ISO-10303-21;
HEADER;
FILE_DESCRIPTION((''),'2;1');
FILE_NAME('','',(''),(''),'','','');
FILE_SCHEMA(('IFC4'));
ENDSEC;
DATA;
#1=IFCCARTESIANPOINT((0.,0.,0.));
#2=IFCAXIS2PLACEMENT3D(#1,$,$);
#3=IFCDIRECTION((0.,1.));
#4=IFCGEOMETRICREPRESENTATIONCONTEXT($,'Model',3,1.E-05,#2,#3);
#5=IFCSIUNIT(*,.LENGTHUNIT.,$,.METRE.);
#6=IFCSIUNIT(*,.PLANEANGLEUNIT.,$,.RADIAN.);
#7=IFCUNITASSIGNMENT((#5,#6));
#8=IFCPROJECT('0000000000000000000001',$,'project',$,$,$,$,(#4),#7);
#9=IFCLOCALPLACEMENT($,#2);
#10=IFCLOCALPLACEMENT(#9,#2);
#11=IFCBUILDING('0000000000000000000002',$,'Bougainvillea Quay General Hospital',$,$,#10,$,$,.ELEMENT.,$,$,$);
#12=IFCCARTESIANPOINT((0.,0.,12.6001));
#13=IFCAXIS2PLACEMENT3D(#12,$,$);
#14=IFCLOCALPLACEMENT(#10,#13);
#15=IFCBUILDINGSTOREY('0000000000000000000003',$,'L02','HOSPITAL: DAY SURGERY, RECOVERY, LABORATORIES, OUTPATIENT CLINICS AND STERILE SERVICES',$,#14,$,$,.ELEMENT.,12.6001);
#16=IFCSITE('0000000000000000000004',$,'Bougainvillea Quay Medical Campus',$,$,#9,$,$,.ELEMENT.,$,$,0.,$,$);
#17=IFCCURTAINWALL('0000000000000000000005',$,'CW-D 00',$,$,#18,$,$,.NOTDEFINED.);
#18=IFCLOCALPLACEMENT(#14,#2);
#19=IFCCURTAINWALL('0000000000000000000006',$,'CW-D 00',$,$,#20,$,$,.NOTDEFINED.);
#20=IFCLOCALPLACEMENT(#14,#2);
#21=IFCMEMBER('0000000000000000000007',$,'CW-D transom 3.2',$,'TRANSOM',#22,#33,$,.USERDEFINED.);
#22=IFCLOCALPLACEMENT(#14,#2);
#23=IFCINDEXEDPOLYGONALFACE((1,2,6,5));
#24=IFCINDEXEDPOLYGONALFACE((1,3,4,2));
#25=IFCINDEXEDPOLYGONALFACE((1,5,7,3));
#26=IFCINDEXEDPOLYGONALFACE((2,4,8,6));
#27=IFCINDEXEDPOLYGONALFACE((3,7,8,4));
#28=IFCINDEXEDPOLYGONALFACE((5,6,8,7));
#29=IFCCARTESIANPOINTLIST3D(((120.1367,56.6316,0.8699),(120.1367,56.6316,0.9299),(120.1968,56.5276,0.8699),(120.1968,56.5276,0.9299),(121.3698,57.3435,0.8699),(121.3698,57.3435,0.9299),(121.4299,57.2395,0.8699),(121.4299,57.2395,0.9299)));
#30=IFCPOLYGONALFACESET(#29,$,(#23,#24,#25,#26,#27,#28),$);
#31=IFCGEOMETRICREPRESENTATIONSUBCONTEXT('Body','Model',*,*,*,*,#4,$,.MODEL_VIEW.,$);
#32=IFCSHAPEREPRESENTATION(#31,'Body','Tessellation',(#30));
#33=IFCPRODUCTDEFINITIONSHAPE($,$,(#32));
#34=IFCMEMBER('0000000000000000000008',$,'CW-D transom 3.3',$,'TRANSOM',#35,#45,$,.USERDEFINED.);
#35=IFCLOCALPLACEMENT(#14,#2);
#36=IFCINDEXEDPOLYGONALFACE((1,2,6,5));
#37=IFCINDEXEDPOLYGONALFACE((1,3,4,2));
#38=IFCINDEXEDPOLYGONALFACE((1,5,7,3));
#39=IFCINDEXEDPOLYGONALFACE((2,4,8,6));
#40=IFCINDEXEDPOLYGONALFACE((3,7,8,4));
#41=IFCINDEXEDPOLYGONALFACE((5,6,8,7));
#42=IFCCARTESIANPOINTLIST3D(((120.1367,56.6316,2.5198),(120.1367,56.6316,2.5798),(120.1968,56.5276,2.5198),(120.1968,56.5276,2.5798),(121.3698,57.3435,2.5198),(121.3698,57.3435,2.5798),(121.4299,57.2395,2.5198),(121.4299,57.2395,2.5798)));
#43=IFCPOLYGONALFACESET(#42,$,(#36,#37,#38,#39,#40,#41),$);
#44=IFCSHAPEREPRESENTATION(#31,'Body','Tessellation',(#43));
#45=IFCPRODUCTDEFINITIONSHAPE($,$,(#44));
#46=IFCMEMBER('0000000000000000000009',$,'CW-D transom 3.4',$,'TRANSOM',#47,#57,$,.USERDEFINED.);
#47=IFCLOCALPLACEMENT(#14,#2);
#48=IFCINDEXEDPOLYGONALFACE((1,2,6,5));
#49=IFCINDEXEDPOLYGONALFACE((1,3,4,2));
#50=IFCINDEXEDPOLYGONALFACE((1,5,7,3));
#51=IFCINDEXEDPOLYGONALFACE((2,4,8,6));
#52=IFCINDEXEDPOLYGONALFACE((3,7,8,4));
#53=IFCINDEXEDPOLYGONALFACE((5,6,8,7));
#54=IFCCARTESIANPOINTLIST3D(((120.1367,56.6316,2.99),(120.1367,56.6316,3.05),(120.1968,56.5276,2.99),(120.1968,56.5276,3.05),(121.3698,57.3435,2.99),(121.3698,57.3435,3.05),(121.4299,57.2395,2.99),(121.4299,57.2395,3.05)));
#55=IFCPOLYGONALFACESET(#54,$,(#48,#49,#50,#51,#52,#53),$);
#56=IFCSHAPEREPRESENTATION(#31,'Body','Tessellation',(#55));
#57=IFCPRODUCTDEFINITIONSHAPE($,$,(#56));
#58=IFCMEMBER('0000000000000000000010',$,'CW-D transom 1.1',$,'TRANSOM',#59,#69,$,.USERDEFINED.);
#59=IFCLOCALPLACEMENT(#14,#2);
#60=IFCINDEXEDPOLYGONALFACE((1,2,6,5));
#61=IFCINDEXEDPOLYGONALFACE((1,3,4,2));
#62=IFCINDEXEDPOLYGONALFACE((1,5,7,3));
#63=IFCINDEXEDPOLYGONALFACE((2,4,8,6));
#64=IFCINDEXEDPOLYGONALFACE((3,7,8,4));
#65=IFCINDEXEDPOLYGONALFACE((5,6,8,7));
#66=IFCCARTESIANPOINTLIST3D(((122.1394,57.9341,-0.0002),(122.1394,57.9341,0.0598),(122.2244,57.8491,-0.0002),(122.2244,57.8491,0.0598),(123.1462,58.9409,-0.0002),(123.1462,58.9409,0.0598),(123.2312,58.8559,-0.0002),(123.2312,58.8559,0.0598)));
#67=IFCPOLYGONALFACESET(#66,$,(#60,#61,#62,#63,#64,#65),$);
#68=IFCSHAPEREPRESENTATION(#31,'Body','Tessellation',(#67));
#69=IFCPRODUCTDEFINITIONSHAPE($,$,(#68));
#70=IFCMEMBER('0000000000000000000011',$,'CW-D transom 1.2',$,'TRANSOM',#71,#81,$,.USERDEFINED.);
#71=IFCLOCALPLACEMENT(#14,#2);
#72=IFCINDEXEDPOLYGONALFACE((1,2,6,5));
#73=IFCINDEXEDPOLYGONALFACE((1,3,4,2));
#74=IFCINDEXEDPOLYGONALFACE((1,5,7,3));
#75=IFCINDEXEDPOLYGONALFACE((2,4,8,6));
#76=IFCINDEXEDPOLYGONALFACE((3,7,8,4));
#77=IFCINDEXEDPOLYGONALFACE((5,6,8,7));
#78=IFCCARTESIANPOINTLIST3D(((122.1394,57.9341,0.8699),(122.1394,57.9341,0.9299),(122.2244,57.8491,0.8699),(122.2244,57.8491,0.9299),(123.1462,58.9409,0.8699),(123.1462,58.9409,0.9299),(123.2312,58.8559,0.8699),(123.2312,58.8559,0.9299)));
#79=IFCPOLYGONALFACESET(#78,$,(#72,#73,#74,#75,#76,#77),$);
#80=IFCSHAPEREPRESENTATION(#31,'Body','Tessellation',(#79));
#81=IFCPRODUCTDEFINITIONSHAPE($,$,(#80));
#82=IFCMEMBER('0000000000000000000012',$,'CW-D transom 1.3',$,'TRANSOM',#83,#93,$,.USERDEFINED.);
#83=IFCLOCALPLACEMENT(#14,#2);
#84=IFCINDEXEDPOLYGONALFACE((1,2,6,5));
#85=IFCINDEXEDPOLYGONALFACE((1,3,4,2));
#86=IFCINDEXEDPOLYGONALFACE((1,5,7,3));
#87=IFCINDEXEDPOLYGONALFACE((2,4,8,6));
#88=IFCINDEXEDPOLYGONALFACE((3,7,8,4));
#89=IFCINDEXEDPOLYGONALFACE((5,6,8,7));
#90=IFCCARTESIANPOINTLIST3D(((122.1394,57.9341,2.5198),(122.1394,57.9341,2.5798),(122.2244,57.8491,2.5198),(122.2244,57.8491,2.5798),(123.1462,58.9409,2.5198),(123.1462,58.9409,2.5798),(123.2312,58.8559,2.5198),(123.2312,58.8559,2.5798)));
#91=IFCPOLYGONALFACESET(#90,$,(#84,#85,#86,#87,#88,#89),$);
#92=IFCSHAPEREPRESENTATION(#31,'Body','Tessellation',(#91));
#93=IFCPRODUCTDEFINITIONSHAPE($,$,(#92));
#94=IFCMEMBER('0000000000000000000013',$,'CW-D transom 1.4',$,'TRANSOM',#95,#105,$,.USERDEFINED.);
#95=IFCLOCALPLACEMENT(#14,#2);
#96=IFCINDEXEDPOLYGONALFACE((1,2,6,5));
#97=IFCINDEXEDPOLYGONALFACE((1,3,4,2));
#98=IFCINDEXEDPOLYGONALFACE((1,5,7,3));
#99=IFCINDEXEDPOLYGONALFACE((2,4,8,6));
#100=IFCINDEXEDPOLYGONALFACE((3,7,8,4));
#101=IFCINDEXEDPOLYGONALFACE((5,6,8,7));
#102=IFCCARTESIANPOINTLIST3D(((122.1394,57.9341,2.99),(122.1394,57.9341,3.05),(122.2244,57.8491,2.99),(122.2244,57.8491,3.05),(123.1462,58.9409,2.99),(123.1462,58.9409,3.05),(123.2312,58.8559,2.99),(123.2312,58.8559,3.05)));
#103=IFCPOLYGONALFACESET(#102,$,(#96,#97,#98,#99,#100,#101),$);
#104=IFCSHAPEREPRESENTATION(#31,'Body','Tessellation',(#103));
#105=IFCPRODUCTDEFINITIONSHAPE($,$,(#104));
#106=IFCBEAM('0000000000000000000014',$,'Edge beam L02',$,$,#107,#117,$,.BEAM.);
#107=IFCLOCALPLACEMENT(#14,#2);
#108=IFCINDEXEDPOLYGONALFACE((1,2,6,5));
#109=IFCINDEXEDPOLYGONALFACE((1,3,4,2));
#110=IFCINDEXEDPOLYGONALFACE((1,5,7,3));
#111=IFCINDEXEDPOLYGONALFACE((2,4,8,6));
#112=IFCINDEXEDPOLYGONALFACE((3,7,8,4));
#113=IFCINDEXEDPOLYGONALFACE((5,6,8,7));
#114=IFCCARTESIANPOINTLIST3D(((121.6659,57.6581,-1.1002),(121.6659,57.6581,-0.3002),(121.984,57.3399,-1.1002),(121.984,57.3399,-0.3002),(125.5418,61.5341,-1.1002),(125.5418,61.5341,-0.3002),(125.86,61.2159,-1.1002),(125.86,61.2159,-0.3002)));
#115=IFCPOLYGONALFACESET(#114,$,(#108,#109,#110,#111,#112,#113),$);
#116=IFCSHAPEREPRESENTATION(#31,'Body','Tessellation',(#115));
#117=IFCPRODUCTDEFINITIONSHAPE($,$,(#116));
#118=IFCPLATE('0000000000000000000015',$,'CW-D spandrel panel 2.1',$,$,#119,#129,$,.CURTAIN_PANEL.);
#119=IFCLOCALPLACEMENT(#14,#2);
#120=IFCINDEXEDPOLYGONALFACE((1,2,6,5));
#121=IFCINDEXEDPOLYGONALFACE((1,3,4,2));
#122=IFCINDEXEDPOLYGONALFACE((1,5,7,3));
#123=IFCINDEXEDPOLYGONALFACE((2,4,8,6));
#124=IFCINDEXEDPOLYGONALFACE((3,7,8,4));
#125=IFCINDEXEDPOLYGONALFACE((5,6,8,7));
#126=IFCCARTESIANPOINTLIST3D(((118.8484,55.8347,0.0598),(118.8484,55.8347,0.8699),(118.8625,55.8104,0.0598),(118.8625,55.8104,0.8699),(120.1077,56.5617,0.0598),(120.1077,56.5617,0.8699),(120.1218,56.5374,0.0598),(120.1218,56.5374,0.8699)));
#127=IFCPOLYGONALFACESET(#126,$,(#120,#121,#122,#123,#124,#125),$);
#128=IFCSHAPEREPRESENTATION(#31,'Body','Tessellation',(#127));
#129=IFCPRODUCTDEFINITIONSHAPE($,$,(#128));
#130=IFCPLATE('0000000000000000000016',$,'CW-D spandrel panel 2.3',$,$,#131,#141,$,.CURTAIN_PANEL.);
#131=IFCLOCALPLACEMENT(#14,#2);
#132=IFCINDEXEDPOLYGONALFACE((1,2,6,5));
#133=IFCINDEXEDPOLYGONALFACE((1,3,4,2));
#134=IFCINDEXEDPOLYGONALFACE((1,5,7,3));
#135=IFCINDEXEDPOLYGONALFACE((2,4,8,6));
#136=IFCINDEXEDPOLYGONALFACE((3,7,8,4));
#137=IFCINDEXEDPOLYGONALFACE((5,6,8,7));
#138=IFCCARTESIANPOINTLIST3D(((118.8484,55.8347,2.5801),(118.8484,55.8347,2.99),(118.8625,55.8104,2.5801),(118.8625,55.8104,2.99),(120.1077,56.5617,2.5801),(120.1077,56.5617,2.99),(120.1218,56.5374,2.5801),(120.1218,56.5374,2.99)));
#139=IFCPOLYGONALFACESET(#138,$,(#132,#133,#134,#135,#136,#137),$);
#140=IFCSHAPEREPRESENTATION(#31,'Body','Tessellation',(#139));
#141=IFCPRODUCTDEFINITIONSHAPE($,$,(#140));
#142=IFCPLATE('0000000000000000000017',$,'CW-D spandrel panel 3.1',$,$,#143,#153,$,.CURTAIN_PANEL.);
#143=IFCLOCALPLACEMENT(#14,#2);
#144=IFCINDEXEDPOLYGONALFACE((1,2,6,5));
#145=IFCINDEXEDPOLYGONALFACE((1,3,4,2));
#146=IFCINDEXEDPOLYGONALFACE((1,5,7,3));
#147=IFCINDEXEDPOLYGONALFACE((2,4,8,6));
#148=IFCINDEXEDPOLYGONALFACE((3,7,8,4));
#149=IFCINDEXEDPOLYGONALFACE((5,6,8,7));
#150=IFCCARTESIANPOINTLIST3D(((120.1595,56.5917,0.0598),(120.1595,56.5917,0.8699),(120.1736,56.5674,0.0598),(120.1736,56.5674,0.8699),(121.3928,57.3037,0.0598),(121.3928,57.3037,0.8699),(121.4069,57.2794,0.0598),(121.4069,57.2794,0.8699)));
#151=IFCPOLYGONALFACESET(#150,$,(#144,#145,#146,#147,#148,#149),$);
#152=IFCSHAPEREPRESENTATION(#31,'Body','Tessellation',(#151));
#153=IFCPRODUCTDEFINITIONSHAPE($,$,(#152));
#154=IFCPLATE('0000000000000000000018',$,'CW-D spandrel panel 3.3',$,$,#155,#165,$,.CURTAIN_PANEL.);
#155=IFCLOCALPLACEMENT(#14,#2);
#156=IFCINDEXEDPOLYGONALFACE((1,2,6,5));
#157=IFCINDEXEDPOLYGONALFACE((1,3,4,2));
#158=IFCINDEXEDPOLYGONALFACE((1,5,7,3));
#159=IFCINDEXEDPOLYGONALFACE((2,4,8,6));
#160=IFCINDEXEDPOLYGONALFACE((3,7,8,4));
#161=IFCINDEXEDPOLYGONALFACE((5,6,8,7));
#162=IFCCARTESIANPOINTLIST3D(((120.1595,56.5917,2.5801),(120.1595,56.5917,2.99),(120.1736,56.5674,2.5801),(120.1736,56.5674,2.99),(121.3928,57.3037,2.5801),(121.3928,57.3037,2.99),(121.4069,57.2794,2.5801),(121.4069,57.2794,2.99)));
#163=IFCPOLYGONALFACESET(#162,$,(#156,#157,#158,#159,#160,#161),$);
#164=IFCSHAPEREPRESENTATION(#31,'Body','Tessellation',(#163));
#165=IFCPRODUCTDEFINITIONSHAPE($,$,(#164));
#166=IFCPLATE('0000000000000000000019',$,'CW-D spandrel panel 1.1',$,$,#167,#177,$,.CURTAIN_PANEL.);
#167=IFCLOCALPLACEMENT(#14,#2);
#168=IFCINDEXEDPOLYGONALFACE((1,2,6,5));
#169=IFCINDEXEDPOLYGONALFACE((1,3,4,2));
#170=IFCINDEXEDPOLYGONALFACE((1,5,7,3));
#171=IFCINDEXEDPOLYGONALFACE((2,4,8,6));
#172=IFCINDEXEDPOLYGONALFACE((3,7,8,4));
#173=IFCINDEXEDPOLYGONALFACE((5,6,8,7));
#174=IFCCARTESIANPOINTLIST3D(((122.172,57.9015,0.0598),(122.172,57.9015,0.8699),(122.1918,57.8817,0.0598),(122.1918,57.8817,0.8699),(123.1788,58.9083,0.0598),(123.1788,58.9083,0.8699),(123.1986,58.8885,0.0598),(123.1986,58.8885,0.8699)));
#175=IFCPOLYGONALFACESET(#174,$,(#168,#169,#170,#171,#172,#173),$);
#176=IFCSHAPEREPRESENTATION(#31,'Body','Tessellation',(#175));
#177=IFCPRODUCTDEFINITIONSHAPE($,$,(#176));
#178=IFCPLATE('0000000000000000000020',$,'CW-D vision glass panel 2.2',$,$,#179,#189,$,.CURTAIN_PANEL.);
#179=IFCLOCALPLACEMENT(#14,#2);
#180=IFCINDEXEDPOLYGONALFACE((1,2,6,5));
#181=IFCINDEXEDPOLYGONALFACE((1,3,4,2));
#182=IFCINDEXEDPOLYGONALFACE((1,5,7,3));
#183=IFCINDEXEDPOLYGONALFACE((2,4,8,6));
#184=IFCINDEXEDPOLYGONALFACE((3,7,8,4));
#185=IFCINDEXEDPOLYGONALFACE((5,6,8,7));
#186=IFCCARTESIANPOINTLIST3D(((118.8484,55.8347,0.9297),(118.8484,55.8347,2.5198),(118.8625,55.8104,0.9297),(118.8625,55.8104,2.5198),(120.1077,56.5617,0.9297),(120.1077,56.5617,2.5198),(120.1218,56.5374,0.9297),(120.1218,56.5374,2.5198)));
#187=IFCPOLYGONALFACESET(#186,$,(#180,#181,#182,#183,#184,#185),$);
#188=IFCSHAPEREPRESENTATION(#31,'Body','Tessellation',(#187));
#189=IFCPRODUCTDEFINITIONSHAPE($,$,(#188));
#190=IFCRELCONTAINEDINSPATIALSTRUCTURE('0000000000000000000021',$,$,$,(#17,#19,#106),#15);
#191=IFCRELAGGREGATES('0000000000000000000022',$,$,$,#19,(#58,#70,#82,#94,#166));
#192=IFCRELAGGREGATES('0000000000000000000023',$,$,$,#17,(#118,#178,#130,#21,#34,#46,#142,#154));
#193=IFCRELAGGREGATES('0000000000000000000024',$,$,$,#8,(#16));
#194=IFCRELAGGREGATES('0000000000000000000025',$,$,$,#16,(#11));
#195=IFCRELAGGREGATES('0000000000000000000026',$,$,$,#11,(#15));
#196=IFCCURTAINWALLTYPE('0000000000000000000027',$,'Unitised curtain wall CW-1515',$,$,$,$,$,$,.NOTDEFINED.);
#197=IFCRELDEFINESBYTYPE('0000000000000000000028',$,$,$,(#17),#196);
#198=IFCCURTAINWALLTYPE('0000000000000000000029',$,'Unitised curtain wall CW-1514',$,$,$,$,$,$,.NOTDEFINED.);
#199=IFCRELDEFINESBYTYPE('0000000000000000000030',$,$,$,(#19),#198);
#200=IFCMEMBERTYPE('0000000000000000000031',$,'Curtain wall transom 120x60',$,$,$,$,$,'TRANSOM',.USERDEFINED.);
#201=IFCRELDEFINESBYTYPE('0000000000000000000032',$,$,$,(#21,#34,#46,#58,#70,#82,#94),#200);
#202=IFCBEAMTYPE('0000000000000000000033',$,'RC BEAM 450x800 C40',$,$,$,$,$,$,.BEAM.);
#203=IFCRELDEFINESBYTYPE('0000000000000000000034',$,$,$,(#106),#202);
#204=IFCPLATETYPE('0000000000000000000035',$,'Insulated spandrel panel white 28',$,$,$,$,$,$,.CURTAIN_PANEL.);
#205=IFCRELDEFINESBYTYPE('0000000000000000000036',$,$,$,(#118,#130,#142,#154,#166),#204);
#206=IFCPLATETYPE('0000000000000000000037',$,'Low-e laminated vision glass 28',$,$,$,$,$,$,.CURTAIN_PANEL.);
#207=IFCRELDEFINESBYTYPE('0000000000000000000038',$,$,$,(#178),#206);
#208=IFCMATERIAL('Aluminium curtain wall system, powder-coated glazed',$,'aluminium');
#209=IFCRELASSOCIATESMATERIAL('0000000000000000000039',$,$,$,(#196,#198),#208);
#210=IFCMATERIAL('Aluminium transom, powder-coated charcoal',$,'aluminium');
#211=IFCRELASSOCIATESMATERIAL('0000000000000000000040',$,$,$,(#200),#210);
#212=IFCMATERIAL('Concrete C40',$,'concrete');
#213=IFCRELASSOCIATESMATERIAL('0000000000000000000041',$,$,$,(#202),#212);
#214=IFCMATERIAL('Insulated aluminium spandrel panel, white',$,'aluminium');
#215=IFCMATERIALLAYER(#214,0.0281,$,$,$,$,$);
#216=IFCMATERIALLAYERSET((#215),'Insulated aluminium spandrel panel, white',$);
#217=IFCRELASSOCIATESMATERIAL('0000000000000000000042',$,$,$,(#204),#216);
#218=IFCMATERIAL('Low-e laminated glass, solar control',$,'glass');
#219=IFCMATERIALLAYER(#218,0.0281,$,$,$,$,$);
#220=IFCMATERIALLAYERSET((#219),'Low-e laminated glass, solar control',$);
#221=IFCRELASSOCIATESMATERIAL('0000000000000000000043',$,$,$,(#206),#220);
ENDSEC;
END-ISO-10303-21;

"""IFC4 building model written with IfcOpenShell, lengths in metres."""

from ifc_helpers import new_model, si_unit, direction, frame, origin, origin_2d, place, context, subcontext, project, spatial, rectangle, extrude, material, layer, layer_set, material_profile, profile_set, type_object, element, aggregate, save


model = new_model("IFC4")

# Units and contexts
model_context = context("Model", 3, precision=1e-05, world=origin(), true_north=direction((0.0, 1.0)))
body_context = subcontext(model_context, "Body", "Model", "MODEL_VIEW")
ifc_project = project(units=[si_unit("LENGTHUNIT", "METRE"), si_unit("PLANEANGLEUNIT", "RADIAN")], contexts=[model_context])

# Site, building, storey
site_placement = place(None, origin())
site = spatial("IfcSite", under=ifc_project, at=site_placement, Name="Bougainvillea Quay Medical Campus", CompositionType="ELEMENT", RefElevation=0.0)
building_placement = place(site_placement, origin())
building = spatial("IfcBuilding", under=site, at=building_placement, Name="Bougainvillea Quay General Hospital", CompositionType="ELEMENT")
storey_placement = place(building_placement, frame((0.0, 0.0, 12.6001)))
storey = spatial("IfcBuildingStorey", under=building, at=storey_placement, Name="L02", Description="HOSPITAL: DAY SURGERY, RECOVERY, LABORATORIES, OUTPATIENT CLINICS AND STERILE SERVICES", CompositionType="ELEMENT", Elevation=12.6001)

# Shared definitions
ifc_material_1 = material(Name="Concrete C40", Category="concrete")

# Curtain wall
ifc_material_2 = material(Name="Aluminium curtain wall system, powder-coated glazed", Category="aluminium")
curtain_wall_type_1 = type_object("IfcCurtainWallType", Name="Unitised curtain wall CW-1515", PredefinedType="NOTDEFINED", material=ifc_material_2)
curtain_wall_1_placement = place(storey_placement, origin())
curtain_wall_1 = element("IfcCurtainWall", 1, at=curtain_wall_1_placement, inside=storey, type_object=curtain_wall_type_1, Name="CW-D 00", PredefinedType="NOTDEFINED")

# Curtain wall
curtain_wall_type_2 = type_object("IfcCurtainWallType", Name="Unitised curtain wall CW-1514", PredefinedType="NOTDEFINED", material=ifc_material_2)
curtain_wall_2_placement = place(storey_placement, origin())
curtain_wall_2 = element("IfcCurtainWall", 2, at=curtain_wall_2_placement, inside=storey, type_object=curtain_wall_type_2, Name="CW-D 00", PredefinedType="NOTDEFINED")

# Members
ifc_material_3 = material(Name="Aluminium transom, powder-coated charcoal", Category="aluminium")
ifc_material_profile_1 = material_profile(ifc_material_3, rectangle(XDim=0.1201, YDim=0.0601, at=origin_2d()))
ifc_profile_set_1 = profile_set([ifc_material_profile_1], Name="Aluminium transom, powder-coated charcoal")
member_type_1 = type_object("IfcMemberType", Name="Curtain wall transom 120x60", ElementType="TRANSOM", PredefinedType="USERDEFINED", material=ifc_profile_set_1)
member_1_placement = place(storey_placement, frame((120.1667, 56.5796, 0.8999), z_axis=(0.86604, 0.499975, 0.0), x_axis=(-0.499975, 0.86604, 0.0)))
member_1 = element("IfcMember", 3, at=member_1_placement, type_object=member_type_1, Name="CW-D transom 3.2", ObjectType="TRANSOM", PredefinedType="USERDEFINED", context=body_context, shape_type="SweptSolid", body=[
    extrude(rectangle(XDim=0.1201, YDim=0.0601, at=origin_2d()), origin(), (0.0, 0.0, 1.0), 1.4238),
])
member_2_placement = place(storey_placement, frame((120.1667, 56.5796, 2.5498), z_axis=(0.86604, 0.499975, 0.0), x_axis=(-0.499975, 0.86604, 0.0)))
member_2 = element("IfcMember", 4, at=member_2_placement, type_object=member_type_1, Name="CW-D transom 3.3", ObjectType="TRANSOM", PredefinedType="USERDEFINED", context=body_context, shape_type="SweptSolid", body=[
    extrude(rectangle(XDim=0.1201, YDim=0.0601, at=origin_2d()), origin(), (0.0, 0.0, 1.0), 1.4238),
])
member_3_placement = place(storey_placement, frame((120.1667, 56.5796, 3.02), z_axis=(0.86604, 0.499975, 0.0), x_axis=(-0.499975, 0.86604, 0.0)))
member_3 = element("IfcMember", 5, at=member_3_placement, type_object=member_type_1, Name="CW-D transom 3.4", ObjectType="TRANSOM", PredefinedType="USERDEFINED", context=body_context, shape_type="SweptSolid", body=[
    extrude(rectangle(XDim=0.1201, YDim=0.0601, at=origin_2d()), origin(), (0.0, 0.0, 1.0), 1.4238),
])
member_4_placement = place(storey_placement, frame((122.1819, 57.8916, 0.0298), z_axis=(0.707107, 0.707107, 0.0), x_axis=(-0.707107, 0.707107, 0.0)))
member_4 = element("IfcMember", 6, at=member_4_placement, type_object=member_type_1, Name="CW-D transom 1.1", ObjectType="TRANSOM", PredefinedType="USERDEFINED", context=body_context, shape_type="SweptSolid", body=[
    extrude(rectangle(XDim=0.1201, YDim=0.0601, at=origin_2d()), origin(), (0.0, 0.0, 1.0), 1.4238),
])
member_5_placement = place(storey_placement, frame((122.1819, 57.8916, 0.8999), z_axis=(0.707107, 0.707107, 0.0), x_axis=(-0.707107, 0.707107, 0.0)))
member_5 = element("IfcMember", 7, at=member_5_placement, type_object=member_type_1, Name="CW-D transom 1.2", ObjectType="TRANSOM", PredefinedType="USERDEFINED", context=body_context, shape_type="SweptSolid", body=[
    extrude(rectangle(XDim=0.1201, YDim=0.0601, at=origin_2d()), origin(), (0.0, 0.0, 1.0), 1.4238),
])
member_6_placement = place(storey_placement, frame((122.1819, 57.8916, 2.5498), z_axis=(0.707107, 0.707107, 0.0), x_axis=(-0.707107, 0.707107, 0.0)))
member_6 = element("IfcMember", 8, at=member_6_placement, type_object=member_type_1, Name="CW-D transom 1.3", ObjectType="TRANSOM", PredefinedType="USERDEFINED", context=body_context, shape_type="SweptSolid", body=[
    extrude(rectangle(XDim=0.1201, YDim=0.0601, at=origin_2d()), origin(), (0.0, 0.0, 1.0), 1.4238),
])
member_7_placement = place(storey_placement, frame((122.1819, 57.8916, 3.02), z_axis=(0.707107, 0.707107, 0.0), x_axis=(-0.707107, 0.707107, 0.0)))
member_7 = element("IfcMember", 9, at=member_7_placement, type_object=member_type_1, Name="CW-D transom 1.4", ObjectType="TRANSOM", PredefinedType="USERDEFINED", context=body_context, shape_type="SweptSolid", body=[
    extrude(rectangle(XDim=0.1201, YDim=0.0601, at=origin_2d()), origin(), (0.0, 0.0, 1.0), 1.4238),
])

# Beam
ifc_material_profile_2 = material_profile(ifc_material_1, rectangle(XDim=0.45, YDim=0.8, at=origin_2d()))
ifc_profile_set_2 = profile_set([ifc_material_profile_2], Name="Concrete C40")
beam_type = type_object("IfcBeamType", Name="RC BEAM 450x800 C40", PredefinedType="BEAM", material=ifc_profile_set_2)
beam_placement = place(storey_placement, frame((121.825, 57.499, -0.7002), z_axis=(0.707107, 0.707107, 0.0), x_axis=(-0.707107, 0.707107, 0.0)))
element("IfcBeam", 10, at=beam_placement, inside=storey, type_object=beam_type, Name="Edge beam L02", PredefinedType="BEAM", context=body_context, shape_type="SweptSolid", body=[
    extrude(rectangle(XDim=0.45, YDim=0.8, at=origin_2d()), origin(), (0.0, 0.0, 1.0), 5.4814),
])

# Plates
ifc_material_4 = material(Name="Insulated aluminium spandrel panel, white", Category="aluminium")
ifc_layer_1 = layer(ifc_material_4, 0.0281)
ifc_layer_set_1 = layer_set([ifc_layer_1], Name="Insulated aluminium spandrel panel, white")
plate_type_1 = type_object("IfcPlateType", Name="Insulated spandrel panel white 28", PredefinedType="CURTAIN_PANEL", material=ifc_layer_set_1)
plate_1_placement = place(storey_placement, frame((119.4851, 56.186, 0.0598), z_axis=(0.0, 0.0, 1.0), x_axis=(0.866046, 0.499965, 0.0)))
plate_1 = element("IfcPlate", 11, at=plate_1_placement, type_object=plate_type_1, Name="CW-D spandrel panel 2.1", PredefinedType="CURTAIN_PANEL", context=body_context, shape_type="SweptSolid", body=[
    extrude(rectangle(XDim=1.4541, YDim=0.0281, at=origin_2d()), origin(), (0.0, 0.0, 1.0), 0.8101),
])
plate_2_placement = place(storey_placement, frame((119.4851, 56.186, 2.5801), z_axis=(0.0, 0.0, 1.0), x_axis=(0.866046, 0.499965, 0.0)))
plate_2 = element("IfcPlate", 12, at=plate_2_placement, type_object=plate_type_1, Name="CW-D spandrel panel 2.3", PredefinedType="CURTAIN_PANEL", context=body_context, shape_type="SweptSolid", body=[
    extrude(rectangle(XDim=1.4541, YDim=0.0281, at=origin_2d()), origin(), (0.0, 0.0, 1.0), 0.4099),
])
plate_3_placement = place(storey_placement, frame((120.7832, 56.9355, 0.0598), z_axis=(0.0, 0.0, 1.0), x_axis=(0.866046, 0.499965, 0.0)))
plate_3 = element("IfcPlate", 13, at=plate_3_placement, type_object=plate_type_1, Name="CW-D spandrel panel 3.1", PredefinedType="CURTAIN_PANEL", context=body_context, shape_type="SweptSolid", body=[
    extrude(rectangle(XDim=1.4241, YDim=0.0281, at=origin_2d()), origin(), (0.0, 0.0, 1.0), 0.8101),
])
plate_4_placement = place(storey_placement, frame((120.7832, 56.9355, 2.5801), z_axis=(0.0, 0.0, 1.0), x_axis=(0.866046, 0.499965, 0.0)))
plate_4 = element("IfcPlate", 14, at=plate_4_placement, type_object=plate_type_1, Name="CW-D spandrel panel 3.3", PredefinedType="CURTAIN_PANEL", context=body_context, shape_type="SweptSolid", body=[
    extrude(rectangle(XDim=1.4241, YDim=0.0281, at=origin_2d()), origin(), (0.0, 0.0, 1.0), 0.4099),
])
plate_5_placement = place(storey_placement, frame((122.6853, 58.395, 0.0598), z_axis=(0.0, 0.0, 1.0), x_axis=(0.707107, 0.707107, 0.0)))
plate_5 = element("IfcPlate", 15, at=plate_5_placement, type_object=plate_type_1, Name="CW-D spandrel panel 1.1", PredefinedType="CURTAIN_PANEL", context=body_context, shape_type="SweptSolid", body=[
    extrude(rectangle(XDim=1.4238, YDim=0.0281, at=origin_2d()), origin(), (0.0, 0.0, 1.0), 0.8101),
])
aggregate(curtain_wall_2, [member_4, member_5, member_6, member_7, plate_5])
ifc_material_5 = material(Name="Low-e laminated glass, solar control", Category="glass")
ifc_layer_2 = layer(ifc_material_5, 0.0281)
ifc_layer_set_2 = layer_set([ifc_layer_2], Name="Low-e laminated glass, solar control")
plate_type_2 = type_object("IfcPlateType", Name="Low-e laminated vision glass 28", PredefinedType="CURTAIN_PANEL", material=ifc_layer_set_2)
plate_6_placement = place(storey_placement, frame((119.4851, 56.186, 0.9297), z_axis=(0.0, 0.0, 1.0), x_axis=(0.866046, 0.499965, 0.0)))
plate_6 = element("IfcPlate", 16, at=plate_6_placement, type_object=plate_type_2, Name="CW-D vision glass panel 2.2", PredefinedType="CURTAIN_PANEL", context=body_context, shape_type="SweptSolid", body=[
    extrude(rectangle(XDim=1.4541, YDim=0.0281, at=origin_2d()), origin(), (0.0, 0.0, 1.0), 1.5901),
])
aggregate(curtain_wall_1, [plate_1, plate_6, plate_2, member_1, member_2, member_3, plate_3, plate_4])

save(model, "model.ifc")
